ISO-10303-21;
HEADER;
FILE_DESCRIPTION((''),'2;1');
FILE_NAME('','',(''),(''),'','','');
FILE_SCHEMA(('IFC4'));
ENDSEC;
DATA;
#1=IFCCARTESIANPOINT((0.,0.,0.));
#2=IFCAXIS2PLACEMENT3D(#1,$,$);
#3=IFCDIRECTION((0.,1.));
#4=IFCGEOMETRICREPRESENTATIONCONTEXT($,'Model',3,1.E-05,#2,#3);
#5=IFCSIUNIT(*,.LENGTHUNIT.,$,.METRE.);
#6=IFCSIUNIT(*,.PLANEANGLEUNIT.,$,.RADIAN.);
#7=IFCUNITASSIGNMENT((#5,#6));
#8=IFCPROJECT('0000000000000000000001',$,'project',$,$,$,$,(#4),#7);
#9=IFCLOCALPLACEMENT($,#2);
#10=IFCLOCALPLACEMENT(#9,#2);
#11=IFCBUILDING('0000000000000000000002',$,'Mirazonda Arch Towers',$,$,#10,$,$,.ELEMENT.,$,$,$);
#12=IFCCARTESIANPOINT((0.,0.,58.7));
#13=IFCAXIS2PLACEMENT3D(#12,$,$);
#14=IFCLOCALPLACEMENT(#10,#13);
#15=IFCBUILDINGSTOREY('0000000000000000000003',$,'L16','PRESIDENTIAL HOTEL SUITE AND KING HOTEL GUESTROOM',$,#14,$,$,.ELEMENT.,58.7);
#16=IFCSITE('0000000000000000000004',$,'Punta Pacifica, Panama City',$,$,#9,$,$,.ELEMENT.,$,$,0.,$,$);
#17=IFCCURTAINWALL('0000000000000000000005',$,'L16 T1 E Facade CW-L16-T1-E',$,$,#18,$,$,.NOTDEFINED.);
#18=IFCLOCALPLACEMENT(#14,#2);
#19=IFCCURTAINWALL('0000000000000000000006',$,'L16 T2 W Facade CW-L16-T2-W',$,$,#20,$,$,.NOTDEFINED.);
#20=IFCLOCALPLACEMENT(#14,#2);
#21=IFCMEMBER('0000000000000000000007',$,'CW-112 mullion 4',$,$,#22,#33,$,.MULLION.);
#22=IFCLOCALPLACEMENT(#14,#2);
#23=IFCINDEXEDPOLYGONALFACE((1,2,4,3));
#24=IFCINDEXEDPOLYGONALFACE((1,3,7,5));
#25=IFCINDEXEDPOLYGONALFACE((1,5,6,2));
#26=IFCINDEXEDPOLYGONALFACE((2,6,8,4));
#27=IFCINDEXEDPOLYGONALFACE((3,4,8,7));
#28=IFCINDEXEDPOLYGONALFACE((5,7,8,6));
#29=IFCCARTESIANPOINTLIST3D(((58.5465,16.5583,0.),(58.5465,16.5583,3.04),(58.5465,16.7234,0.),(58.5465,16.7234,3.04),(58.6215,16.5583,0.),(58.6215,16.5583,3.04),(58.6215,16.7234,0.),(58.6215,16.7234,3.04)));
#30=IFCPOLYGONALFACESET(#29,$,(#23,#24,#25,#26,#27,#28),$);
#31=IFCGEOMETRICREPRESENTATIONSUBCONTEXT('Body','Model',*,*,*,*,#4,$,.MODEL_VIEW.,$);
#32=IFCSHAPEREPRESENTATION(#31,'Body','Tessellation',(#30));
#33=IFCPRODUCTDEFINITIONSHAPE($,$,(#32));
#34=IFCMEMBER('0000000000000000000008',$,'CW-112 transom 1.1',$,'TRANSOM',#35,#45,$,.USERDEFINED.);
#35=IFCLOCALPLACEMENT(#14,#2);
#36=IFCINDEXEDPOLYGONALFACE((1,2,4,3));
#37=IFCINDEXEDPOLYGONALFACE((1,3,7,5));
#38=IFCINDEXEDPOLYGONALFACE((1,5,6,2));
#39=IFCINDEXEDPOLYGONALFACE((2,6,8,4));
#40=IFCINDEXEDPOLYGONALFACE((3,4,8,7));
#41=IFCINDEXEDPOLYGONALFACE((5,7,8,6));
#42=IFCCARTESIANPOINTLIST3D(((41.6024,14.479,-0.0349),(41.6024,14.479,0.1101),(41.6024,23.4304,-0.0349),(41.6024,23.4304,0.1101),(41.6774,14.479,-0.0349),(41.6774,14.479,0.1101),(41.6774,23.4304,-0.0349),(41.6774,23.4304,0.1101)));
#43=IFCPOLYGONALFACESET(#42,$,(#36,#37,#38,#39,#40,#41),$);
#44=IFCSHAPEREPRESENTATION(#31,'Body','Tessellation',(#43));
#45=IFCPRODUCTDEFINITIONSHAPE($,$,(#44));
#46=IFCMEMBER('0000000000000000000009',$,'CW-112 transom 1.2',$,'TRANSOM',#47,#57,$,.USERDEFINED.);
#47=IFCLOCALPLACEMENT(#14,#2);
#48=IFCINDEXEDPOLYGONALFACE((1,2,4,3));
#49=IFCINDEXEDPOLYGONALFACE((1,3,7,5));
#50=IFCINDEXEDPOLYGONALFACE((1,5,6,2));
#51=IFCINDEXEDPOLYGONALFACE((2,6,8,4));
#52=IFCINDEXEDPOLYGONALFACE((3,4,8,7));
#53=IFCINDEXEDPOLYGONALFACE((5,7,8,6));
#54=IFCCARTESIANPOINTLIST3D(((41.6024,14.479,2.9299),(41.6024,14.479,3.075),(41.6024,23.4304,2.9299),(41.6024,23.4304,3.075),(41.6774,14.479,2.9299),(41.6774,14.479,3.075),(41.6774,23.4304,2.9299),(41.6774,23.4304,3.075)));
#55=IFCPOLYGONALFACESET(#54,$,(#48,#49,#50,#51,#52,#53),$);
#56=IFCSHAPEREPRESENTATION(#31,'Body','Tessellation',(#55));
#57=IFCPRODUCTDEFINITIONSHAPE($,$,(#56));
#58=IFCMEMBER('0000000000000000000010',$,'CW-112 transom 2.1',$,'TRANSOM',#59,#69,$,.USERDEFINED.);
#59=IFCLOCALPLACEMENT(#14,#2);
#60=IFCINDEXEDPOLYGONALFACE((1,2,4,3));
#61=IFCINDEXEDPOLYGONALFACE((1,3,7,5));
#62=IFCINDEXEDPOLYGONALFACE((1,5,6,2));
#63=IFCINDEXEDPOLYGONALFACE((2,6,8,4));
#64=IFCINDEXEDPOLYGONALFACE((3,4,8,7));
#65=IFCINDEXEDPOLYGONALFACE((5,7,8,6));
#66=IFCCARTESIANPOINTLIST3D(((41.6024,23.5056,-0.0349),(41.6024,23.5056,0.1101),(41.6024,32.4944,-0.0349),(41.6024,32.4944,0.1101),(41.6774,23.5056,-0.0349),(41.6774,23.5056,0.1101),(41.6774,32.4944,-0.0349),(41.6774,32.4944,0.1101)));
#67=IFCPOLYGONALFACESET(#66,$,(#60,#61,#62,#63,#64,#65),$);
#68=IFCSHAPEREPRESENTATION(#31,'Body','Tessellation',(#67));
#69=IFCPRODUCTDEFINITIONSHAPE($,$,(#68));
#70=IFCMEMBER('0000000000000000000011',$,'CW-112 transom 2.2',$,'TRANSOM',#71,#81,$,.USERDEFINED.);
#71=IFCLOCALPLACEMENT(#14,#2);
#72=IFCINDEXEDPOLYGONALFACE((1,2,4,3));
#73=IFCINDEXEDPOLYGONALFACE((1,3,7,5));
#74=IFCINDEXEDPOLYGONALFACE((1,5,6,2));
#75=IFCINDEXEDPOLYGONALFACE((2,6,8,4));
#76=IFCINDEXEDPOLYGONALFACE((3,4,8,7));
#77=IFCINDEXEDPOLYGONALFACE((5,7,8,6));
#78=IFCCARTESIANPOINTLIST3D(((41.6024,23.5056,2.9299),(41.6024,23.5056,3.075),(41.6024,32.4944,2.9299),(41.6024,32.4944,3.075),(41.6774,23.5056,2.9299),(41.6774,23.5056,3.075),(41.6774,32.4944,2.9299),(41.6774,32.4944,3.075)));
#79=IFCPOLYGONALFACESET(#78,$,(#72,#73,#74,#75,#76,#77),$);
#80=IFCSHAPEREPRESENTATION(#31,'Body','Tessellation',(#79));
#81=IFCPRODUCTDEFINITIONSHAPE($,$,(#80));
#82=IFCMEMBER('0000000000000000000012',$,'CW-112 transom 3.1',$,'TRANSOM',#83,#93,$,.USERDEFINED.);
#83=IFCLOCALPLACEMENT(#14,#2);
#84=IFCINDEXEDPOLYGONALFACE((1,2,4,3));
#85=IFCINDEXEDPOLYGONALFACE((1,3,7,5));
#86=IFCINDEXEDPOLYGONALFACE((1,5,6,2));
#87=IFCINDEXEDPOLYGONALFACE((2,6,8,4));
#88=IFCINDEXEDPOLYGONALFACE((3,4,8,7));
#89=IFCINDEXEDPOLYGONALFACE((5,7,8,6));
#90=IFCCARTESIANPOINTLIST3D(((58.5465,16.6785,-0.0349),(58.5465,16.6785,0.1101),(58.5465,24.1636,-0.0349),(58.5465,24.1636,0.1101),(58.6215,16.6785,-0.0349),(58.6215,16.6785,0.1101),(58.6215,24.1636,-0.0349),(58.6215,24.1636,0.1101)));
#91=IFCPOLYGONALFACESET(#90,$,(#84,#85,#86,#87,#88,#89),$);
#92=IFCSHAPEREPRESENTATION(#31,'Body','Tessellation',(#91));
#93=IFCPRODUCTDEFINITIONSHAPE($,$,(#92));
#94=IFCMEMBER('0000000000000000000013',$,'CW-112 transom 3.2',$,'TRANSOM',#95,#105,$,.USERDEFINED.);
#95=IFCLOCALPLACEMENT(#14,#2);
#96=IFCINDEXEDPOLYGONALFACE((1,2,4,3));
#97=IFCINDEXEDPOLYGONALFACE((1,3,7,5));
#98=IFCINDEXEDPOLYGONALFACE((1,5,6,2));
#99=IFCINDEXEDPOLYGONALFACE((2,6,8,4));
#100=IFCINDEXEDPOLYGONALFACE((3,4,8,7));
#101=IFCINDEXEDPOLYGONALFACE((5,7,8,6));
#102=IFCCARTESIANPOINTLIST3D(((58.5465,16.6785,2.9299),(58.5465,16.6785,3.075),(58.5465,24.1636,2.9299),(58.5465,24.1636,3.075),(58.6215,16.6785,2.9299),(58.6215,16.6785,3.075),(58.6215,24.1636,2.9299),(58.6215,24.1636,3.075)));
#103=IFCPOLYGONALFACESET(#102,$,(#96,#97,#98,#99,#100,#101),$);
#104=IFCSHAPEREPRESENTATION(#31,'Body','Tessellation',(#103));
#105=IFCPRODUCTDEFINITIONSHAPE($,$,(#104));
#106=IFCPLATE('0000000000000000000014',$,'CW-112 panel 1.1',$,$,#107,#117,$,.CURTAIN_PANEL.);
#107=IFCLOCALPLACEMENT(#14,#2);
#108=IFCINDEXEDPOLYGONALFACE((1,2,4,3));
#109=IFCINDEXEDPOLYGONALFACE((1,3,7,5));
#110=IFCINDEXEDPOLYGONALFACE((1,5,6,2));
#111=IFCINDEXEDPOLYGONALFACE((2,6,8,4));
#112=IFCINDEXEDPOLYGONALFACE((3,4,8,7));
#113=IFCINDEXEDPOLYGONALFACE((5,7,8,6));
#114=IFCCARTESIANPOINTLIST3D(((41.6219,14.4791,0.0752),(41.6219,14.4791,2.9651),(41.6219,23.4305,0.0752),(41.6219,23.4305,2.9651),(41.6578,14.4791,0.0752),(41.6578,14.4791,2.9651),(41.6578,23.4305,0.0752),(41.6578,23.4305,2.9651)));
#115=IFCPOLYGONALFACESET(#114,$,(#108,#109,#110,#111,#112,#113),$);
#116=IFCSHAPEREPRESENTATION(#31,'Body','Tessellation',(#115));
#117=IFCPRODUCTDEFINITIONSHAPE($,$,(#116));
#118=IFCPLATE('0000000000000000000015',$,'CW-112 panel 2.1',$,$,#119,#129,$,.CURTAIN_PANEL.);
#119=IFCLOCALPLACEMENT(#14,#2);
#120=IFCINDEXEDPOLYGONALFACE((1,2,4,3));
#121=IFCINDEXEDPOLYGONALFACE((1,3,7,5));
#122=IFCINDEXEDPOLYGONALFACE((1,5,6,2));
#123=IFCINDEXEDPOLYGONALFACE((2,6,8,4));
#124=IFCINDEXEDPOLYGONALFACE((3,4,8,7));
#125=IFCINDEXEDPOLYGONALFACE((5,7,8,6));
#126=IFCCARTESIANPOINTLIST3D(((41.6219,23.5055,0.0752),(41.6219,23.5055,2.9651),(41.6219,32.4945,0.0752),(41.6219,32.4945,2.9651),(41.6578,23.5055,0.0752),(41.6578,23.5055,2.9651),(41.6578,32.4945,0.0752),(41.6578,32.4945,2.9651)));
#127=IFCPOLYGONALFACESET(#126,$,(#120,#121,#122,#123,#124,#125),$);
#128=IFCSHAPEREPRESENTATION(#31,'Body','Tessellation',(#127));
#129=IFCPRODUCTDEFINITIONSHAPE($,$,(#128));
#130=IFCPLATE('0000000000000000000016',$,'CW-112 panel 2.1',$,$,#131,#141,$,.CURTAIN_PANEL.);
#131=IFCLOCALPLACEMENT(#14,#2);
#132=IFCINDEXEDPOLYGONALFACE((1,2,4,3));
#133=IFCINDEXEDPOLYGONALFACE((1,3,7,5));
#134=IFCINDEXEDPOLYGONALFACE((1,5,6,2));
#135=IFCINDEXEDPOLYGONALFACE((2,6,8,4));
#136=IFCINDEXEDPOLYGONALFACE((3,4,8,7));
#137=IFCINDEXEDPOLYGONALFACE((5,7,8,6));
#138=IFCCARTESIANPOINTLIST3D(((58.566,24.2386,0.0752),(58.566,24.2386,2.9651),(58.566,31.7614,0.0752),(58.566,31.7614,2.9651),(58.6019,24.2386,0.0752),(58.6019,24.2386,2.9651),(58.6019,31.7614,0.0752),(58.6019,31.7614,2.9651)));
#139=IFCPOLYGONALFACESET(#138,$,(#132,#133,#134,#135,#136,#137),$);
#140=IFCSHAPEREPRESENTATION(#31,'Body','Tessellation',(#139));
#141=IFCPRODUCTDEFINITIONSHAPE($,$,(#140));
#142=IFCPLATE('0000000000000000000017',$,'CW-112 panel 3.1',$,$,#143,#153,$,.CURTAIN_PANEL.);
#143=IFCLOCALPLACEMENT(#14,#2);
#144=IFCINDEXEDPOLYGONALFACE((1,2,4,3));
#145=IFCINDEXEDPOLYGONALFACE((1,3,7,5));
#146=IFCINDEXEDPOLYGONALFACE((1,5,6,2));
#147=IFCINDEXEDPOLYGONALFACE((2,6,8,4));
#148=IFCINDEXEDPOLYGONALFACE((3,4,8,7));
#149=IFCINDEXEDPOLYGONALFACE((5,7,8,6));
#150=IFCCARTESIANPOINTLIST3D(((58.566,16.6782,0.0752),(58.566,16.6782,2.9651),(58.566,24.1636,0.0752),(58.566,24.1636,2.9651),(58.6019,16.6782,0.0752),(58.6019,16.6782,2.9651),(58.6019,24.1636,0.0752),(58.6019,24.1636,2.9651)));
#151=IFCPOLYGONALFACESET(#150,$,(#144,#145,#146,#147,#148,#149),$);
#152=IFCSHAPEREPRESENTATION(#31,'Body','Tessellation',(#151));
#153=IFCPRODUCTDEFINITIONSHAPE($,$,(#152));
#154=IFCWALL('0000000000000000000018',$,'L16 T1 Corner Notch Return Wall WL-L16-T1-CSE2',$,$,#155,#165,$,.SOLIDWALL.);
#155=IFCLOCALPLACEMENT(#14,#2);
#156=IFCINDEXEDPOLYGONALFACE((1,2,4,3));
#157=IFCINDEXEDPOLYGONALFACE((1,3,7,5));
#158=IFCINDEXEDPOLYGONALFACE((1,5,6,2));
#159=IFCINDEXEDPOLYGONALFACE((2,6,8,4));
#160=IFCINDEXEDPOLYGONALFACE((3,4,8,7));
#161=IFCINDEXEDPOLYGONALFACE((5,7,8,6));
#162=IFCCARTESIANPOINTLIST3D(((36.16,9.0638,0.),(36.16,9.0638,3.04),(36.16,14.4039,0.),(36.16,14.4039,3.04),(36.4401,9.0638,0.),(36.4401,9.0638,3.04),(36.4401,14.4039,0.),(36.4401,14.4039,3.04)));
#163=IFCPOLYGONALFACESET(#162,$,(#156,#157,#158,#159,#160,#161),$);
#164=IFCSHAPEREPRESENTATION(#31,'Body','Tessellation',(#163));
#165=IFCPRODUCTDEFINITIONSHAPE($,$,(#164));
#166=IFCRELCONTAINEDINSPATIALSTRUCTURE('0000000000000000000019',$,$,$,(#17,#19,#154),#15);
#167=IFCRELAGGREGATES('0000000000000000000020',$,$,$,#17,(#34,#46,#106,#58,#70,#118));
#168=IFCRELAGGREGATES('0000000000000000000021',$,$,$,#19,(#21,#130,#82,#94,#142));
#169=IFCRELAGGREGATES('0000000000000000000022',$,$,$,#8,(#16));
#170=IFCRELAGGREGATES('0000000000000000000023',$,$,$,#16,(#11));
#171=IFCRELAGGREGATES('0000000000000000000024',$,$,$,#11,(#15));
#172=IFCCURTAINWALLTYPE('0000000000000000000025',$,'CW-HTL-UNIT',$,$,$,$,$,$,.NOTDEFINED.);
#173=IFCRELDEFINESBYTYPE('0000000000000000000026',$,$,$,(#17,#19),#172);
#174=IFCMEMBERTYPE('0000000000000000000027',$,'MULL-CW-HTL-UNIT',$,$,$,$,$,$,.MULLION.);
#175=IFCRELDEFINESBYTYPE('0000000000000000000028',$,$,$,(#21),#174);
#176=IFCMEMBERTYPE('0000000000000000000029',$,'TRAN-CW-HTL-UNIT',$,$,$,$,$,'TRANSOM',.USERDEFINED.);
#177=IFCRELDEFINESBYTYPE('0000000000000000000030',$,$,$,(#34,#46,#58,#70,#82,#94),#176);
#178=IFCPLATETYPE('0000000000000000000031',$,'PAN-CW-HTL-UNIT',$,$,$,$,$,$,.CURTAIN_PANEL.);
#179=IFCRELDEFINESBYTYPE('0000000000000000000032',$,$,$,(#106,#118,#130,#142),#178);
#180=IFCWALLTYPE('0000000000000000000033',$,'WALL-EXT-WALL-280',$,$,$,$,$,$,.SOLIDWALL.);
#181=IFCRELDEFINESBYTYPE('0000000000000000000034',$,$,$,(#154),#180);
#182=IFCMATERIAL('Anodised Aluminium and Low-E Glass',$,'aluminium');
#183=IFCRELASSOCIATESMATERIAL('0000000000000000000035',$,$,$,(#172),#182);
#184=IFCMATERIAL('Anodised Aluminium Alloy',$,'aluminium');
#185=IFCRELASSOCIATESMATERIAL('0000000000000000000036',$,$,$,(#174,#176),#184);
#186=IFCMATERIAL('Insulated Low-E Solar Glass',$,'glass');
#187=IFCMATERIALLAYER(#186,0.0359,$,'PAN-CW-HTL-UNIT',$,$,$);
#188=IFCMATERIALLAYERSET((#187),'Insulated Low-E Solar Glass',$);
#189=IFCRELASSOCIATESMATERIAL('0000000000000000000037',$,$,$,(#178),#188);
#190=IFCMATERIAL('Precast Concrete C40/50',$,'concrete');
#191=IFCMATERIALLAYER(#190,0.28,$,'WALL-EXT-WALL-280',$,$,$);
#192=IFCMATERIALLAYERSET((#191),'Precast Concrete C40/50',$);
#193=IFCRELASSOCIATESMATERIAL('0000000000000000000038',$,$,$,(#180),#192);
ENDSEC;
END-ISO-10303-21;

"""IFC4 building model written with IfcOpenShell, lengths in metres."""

from ifc_helpers import new_model, si_unit, direction, frame, frame_2d, origin, origin_2d, place, context, subcontext, project, spatial, rectangle, extrude, material, layer, layer_set, material_profile, profile_set, type_object, element, aggregate, save


model = new_model("IFC4")

# Units and contexts
model_context = context("Model", 3, precision=1e-05, world=origin(), true_north=direction((0.0, 1.0)))
body_context = subcontext(model_context, "Body", "Model", "MODEL_VIEW")
ifc_project = project(units=[si_unit("LENGTHUNIT", "METRE"), si_unit("PLANEANGLEUNIT", "RADIAN")], contexts=[model_context])

# Site, building, storey
site_placement = place(None, origin())
site = spatial("IfcSite", under=ifc_project, at=site_placement, Name="Punta Pacifica, Panama City", CompositionType="ELEMENT", RefElevation=0.0)
building_placement = place(site_placement, origin())
building = spatial("IfcBuilding", under=site, at=building_placement, Name="Mirazonda Arch Towers", CompositionType="ELEMENT")
storey_placement = place(building_placement, frame((0.0, 0.0, 58.7)))
storey = spatial("IfcBuildingStorey", under=building, at=storey_placement, Name="L16", Description="PRESIDENTIAL HOTEL SUITE AND KING HOTEL GUESTROOM", CompositionType="ELEMENT", Elevation=58.7)

# Curtain walls, member
ifc_material_1 = material(Name="Anodised Aluminium and Low-E Glass", Category="aluminium")
curtain_wall_type = type_object("IfcCurtainWallType", Name="CW-HTL-UNIT", PredefinedType="NOTDEFINED", material=ifc_material_1)
curtain_wall_1_placement = place(storey_placement, origin())
curtain_wall_1 = element("IfcCurtainWall", 1, at=curtain_wall_1_placement, inside=storey, type_object=curtain_wall_type, Name="L16 T1 E Facade CW-L16-T1-E", PredefinedType="NOTDEFINED")
ifc_material_2 = material(Name="Anodised Aluminium Alloy", Category="aluminium")
ifc_material_profile_1 = material_profile(ifc_material_2, rectangle(XDim=0.075, YDim=0.165, at=origin_2d()), Name="ALU-MULL-75x165")
ifc_profile_set_1 = profile_set([ifc_material_profile_1], Name="Anodised Aluminium Alloy")
member_type_1 = type_object("IfcMemberType", Name="MULL-CW-HTL-UNIT", PredefinedType="MULLION", material=ifc_profile_set_1)
curtain_wall_2_placement = place(storey_placement, origin())
curtain_wall_2 = element("IfcCurtainWall", 2, at=curtain_wall_2_placement, inside=storey, type_object=curtain_wall_type, Name="L16 T2 W Facade CW-L16-T2-W", PredefinedType="NOTDEFINED")
member_1_placement = place(storey_placement, frame((58.584, 16.6409, 0.0), z_axis=(0.0, 0.0, 1.0), x_axis=(1.0, 0.0, 0.0)))
member_1 = element("IfcMember", 3, at=member_1_placement, type_object=member_type_1, Name="CW-112 mullion 4", PredefinedType="MULLION", context=body_context, shape_type="SweptSolid", body=[
    extrude(rectangle(XDim=0.075, YDim=0.165, at=origin_2d()), origin(), (0.0, 0.0, 1.0), 3.04),
])

# Members
ifc_material_profile_2 = material_profile(ifc_material_2, rectangle(XDim=0.075, YDim=0.145, at=origin_2d()), Name="ALU-TRAN-75x145")
ifc_profile_set_2 = profile_set([ifc_material_profile_2], Name="Anodised Aluminium Alloy")
member_type_2 = type_object("IfcMemberType", Name="TRAN-CW-HTL-UNIT", ElementType="TRANSOM", PredefinedType="USERDEFINED", material=ifc_profile_set_2)
member_2_placement = place(storey_placement, frame((41.6399, 14.479, 0.0376), z_axis=(0.0, 1.0, 0.0), x_axis=(-1.0, 0.0, 0.0)))
member_2 = element("IfcMember", 4, at=member_2_placement, type_object=member_type_2, Name="CW-112 transom 1.1", ObjectType="TRANSOM", PredefinedType="USERDEFINED", context=body_context, shape_type="SweptSolid", body=[
    extrude(rectangle(XDim=0.075, YDim=0.145, at=origin_2d()), origin(), (0.0, 0.0, 1.0), 8.9514),
])
member_3_placement = place(storey_placement, frame((41.6399, 14.479, 3.0024), z_axis=(0.0, 1.0, 0.0), x_axis=(-1.0, 0.0, 0.0)))
member_3 = element("IfcMember", 5, at=member_3_placement, type_object=member_type_2, Name="CW-112 transom 1.2", ObjectType="TRANSOM", PredefinedType="USERDEFINED", context=body_context, shape_type="SweptSolid", body=[
    extrude(rectangle(XDim=0.075, YDim=0.145, at=origin_2d()), origin(), (0.0, 0.0, 1.0), 8.9514),
])
member_4_placement = place(storey_placement, frame((41.6399, 23.5056, 0.0376), z_axis=(0.0, 1.0, 0.0), x_axis=(-1.0, 0.0, 0.0)))
member_4 = element("IfcMember", 6, at=member_4_placement, type_object=member_type_2, Name="CW-112 transom 2.1", ObjectType="TRANSOM", PredefinedType="USERDEFINED", context=body_context, shape_type="SweptSolid", body=[
    extrude(rectangle(XDim=0.075, YDim=0.145, at=origin_2d()), origin(), (0.0, 0.0, 1.0), 8.9888),
])
member_5_placement = place(storey_placement, frame((41.6399, 23.5056, 3.0024), z_axis=(0.0, 1.0, 0.0), x_axis=(-1.0, 0.0, 0.0)))
member_5 = element("IfcMember", 7, at=member_5_placement, type_object=member_type_2, Name="CW-112 transom 2.2", ObjectType="TRANSOM", PredefinedType="USERDEFINED", context=body_context, shape_type="SweptSolid", body=[
    extrude(rectangle(XDim=0.075, YDim=0.145, at=origin_2d()), origin(), (0.0, 0.0, 1.0), 8.9888),
])
member_6_placement = place(storey_placement, frame((58.584, 24.1636, 0.0376), z_axis=(0.0, -1.0, 0.0), x_axis=(1.0, 0.0, 0.0)))
member_6 = element("IfcMember", 8, at=member_6_placement, type_object=member_type_2, Name="CW-112 transom 3.1", ObjectType="TRANSOM", PredefinedType="USERDEFINED", context=body_context, shape_type="SweptSolid", body=[
    extrude(rectangle(XDim=0.075, YDim=0.145, at=origin_2d()), origin(), (0.0, 0.0, 1.0), 7.4851),
])
member_7_placement = place(storey_placement, frame((58.584, 24.1636, 3.0024), z_axis=(0.0, -1.0, 0.0), x_axis=(1.0, 0.0, 0.0)))
member_7 = element("IfcMember", 9, at=member_7_placement, type_object=member_type_2, Name="CW-112 transom 3.2", ObjectType="TRANSOM", PredefinedType="USERDEFINED", context=body_context, shape_type="SweptSolid", body=[
    extrude(rectangle(XDim=0.075, YDim=0.145, at=origin_2d()), origin(), (0.0, 0.0, 1.0), 7.4851),
])

# Plates
ifc_material_3 = material(Name="Insulated Low-E Solar Glass", Category="glass")
ifc_layer_1 = layer(ifc_material_3, 0.0359, Name="PAN-CW-HTL-UNIT")
ifc_layer_set_1 = layer_set([ifc_layer_1], Name="Insulated Low-E Solar Glass")
plate_type = type_object("IfcPlateType", Name="PAN-CW-HTL-UNIT", PredefinedType="CURTAIN_PANEL", material=ifc_layer_set_1)
plate_1_placement = place(storey_placement, frame((41.6399, 18.9548, 0.0752), z_axis=(0.0, 0.0, 1.0), x_axis=(0.0, 1.0, 0.0)))
plate_1 = element("IfcPlate", 10, at=plate_1_placement, type_object=plate_type, Name="CW-112 panel 1.1", PredefinedType="CURTAIN_PANEL", context=body_context, shape_type="SweptSolid", body=[
    extrude(rectangle(XDim=8.9514, YDim=0.0359, at=origin_2d()), origin(), (0.0, 0.0, 1.0), 2.8899),
])
plate_2_placement = place(storey_placement, frame((41.6399, 28.0, 0.0752), z_axis=(0.0, 0.0, 1.0), x_axis=(0.0, 1.0, 0.0)))
plate_2 = element("IfcPlate", 11, at=plate_2_placement, type_object=plate_type, Name="CW-112 panel 2.1", PredefinedType="CURTAIN_PANEL", context=body_context, shape_type="SweptSolid", body=[
    extrude(rectangle(XDim=8.989, YDim=0.0359, at=origin_2d()), origin(), (0.0, 0.0, 1.0), 2.8899),
])
aggregate(curtain_wall_1, [member_2, member_3, plate_1, member_4, member_5, plate_2])
plate_3_placement = place(storey_placement, frame((58.584, 28.0, 0.0752), z_axis=(0.0, 0.0, 1.0), x_axis=(0.0, -1.0, 0.0)))
plate_3 = element("IfcPlate", 12, at=plate_3_placement, type_object=plate_type, Name="CW-112 panel 2.1", PredefinedType="CURTAIN_PANEL", context=body_context, shape_type="SweptSolid", body=[
    extrude(rectangle(XDim=7.5227, YDim=0.0359, at=origin_2d()), origin(), (0.0, 0.0, 1.0), 2.8899),
])
plate_4_placement = place(storey_placement, frame((58.584, 20.4209, 0.0752), z_axis=(0.0, 0.0, 1.0), x_axis=(0.0, -1.0, 0.0)))
plate_4 = element("IfcPlate", 13, at=plate_4_placement, type_object=plate_type, Name="CW-112 panel 3.1", PredefinedType="CURTAIN_PANEL", context=body_context, shape_type="SweptSolid", body=[
    extrude(rectangle(XDim=7.4854, YDim=0.0359, at=origin_2d()), origin(), (0.0, 0.0, 1.0), 2.8899),
])
aggregate(curtain_wall_2, [member_1, plate_3, member_6, member_7, plate_4])

# Wall
ifc_material_4 = material(Name="Precast Concrete C40/50", Category="concrete")
ifc_layer_2 = layer(ifc_material_4, 0.28, Name="WALL-EXT-WALL-280")
ifc_layer_set_2 = layer_set([ifc_layer_2], Name="Precast Concrete C40/50")
wall_type_1 = type_object("IfcWallType", Name="WALL-EXT-WALL-280", PredefinedType="SOLIDWALL", material=ifc_layer_set_2)
wall_1_placement = place(storey_placement, frame((36.3, 9.064, 0.0), z_axis=(0.0, 0.0, 1.0), x_axis=(0.0, 1.0, 0.0)))
element("IfcWall", 14, at=wall_1_placement, inside=storey, type_object=wall_type_1, Name="L16 T1 Corner Notch Return Wall WL-L16-T1-CSE2", PredefinedType="SOLIDWALL", context=body_context, shape_type="SweptSolid", body=[
    extrude(rectangle(XDim=5.3401, YDim=0.28, at=frame_2d((2.6699, 0.0))), origin(), (0.0, 0.0, 1.0), 3.04),
])

save(model, "model.ifc")
